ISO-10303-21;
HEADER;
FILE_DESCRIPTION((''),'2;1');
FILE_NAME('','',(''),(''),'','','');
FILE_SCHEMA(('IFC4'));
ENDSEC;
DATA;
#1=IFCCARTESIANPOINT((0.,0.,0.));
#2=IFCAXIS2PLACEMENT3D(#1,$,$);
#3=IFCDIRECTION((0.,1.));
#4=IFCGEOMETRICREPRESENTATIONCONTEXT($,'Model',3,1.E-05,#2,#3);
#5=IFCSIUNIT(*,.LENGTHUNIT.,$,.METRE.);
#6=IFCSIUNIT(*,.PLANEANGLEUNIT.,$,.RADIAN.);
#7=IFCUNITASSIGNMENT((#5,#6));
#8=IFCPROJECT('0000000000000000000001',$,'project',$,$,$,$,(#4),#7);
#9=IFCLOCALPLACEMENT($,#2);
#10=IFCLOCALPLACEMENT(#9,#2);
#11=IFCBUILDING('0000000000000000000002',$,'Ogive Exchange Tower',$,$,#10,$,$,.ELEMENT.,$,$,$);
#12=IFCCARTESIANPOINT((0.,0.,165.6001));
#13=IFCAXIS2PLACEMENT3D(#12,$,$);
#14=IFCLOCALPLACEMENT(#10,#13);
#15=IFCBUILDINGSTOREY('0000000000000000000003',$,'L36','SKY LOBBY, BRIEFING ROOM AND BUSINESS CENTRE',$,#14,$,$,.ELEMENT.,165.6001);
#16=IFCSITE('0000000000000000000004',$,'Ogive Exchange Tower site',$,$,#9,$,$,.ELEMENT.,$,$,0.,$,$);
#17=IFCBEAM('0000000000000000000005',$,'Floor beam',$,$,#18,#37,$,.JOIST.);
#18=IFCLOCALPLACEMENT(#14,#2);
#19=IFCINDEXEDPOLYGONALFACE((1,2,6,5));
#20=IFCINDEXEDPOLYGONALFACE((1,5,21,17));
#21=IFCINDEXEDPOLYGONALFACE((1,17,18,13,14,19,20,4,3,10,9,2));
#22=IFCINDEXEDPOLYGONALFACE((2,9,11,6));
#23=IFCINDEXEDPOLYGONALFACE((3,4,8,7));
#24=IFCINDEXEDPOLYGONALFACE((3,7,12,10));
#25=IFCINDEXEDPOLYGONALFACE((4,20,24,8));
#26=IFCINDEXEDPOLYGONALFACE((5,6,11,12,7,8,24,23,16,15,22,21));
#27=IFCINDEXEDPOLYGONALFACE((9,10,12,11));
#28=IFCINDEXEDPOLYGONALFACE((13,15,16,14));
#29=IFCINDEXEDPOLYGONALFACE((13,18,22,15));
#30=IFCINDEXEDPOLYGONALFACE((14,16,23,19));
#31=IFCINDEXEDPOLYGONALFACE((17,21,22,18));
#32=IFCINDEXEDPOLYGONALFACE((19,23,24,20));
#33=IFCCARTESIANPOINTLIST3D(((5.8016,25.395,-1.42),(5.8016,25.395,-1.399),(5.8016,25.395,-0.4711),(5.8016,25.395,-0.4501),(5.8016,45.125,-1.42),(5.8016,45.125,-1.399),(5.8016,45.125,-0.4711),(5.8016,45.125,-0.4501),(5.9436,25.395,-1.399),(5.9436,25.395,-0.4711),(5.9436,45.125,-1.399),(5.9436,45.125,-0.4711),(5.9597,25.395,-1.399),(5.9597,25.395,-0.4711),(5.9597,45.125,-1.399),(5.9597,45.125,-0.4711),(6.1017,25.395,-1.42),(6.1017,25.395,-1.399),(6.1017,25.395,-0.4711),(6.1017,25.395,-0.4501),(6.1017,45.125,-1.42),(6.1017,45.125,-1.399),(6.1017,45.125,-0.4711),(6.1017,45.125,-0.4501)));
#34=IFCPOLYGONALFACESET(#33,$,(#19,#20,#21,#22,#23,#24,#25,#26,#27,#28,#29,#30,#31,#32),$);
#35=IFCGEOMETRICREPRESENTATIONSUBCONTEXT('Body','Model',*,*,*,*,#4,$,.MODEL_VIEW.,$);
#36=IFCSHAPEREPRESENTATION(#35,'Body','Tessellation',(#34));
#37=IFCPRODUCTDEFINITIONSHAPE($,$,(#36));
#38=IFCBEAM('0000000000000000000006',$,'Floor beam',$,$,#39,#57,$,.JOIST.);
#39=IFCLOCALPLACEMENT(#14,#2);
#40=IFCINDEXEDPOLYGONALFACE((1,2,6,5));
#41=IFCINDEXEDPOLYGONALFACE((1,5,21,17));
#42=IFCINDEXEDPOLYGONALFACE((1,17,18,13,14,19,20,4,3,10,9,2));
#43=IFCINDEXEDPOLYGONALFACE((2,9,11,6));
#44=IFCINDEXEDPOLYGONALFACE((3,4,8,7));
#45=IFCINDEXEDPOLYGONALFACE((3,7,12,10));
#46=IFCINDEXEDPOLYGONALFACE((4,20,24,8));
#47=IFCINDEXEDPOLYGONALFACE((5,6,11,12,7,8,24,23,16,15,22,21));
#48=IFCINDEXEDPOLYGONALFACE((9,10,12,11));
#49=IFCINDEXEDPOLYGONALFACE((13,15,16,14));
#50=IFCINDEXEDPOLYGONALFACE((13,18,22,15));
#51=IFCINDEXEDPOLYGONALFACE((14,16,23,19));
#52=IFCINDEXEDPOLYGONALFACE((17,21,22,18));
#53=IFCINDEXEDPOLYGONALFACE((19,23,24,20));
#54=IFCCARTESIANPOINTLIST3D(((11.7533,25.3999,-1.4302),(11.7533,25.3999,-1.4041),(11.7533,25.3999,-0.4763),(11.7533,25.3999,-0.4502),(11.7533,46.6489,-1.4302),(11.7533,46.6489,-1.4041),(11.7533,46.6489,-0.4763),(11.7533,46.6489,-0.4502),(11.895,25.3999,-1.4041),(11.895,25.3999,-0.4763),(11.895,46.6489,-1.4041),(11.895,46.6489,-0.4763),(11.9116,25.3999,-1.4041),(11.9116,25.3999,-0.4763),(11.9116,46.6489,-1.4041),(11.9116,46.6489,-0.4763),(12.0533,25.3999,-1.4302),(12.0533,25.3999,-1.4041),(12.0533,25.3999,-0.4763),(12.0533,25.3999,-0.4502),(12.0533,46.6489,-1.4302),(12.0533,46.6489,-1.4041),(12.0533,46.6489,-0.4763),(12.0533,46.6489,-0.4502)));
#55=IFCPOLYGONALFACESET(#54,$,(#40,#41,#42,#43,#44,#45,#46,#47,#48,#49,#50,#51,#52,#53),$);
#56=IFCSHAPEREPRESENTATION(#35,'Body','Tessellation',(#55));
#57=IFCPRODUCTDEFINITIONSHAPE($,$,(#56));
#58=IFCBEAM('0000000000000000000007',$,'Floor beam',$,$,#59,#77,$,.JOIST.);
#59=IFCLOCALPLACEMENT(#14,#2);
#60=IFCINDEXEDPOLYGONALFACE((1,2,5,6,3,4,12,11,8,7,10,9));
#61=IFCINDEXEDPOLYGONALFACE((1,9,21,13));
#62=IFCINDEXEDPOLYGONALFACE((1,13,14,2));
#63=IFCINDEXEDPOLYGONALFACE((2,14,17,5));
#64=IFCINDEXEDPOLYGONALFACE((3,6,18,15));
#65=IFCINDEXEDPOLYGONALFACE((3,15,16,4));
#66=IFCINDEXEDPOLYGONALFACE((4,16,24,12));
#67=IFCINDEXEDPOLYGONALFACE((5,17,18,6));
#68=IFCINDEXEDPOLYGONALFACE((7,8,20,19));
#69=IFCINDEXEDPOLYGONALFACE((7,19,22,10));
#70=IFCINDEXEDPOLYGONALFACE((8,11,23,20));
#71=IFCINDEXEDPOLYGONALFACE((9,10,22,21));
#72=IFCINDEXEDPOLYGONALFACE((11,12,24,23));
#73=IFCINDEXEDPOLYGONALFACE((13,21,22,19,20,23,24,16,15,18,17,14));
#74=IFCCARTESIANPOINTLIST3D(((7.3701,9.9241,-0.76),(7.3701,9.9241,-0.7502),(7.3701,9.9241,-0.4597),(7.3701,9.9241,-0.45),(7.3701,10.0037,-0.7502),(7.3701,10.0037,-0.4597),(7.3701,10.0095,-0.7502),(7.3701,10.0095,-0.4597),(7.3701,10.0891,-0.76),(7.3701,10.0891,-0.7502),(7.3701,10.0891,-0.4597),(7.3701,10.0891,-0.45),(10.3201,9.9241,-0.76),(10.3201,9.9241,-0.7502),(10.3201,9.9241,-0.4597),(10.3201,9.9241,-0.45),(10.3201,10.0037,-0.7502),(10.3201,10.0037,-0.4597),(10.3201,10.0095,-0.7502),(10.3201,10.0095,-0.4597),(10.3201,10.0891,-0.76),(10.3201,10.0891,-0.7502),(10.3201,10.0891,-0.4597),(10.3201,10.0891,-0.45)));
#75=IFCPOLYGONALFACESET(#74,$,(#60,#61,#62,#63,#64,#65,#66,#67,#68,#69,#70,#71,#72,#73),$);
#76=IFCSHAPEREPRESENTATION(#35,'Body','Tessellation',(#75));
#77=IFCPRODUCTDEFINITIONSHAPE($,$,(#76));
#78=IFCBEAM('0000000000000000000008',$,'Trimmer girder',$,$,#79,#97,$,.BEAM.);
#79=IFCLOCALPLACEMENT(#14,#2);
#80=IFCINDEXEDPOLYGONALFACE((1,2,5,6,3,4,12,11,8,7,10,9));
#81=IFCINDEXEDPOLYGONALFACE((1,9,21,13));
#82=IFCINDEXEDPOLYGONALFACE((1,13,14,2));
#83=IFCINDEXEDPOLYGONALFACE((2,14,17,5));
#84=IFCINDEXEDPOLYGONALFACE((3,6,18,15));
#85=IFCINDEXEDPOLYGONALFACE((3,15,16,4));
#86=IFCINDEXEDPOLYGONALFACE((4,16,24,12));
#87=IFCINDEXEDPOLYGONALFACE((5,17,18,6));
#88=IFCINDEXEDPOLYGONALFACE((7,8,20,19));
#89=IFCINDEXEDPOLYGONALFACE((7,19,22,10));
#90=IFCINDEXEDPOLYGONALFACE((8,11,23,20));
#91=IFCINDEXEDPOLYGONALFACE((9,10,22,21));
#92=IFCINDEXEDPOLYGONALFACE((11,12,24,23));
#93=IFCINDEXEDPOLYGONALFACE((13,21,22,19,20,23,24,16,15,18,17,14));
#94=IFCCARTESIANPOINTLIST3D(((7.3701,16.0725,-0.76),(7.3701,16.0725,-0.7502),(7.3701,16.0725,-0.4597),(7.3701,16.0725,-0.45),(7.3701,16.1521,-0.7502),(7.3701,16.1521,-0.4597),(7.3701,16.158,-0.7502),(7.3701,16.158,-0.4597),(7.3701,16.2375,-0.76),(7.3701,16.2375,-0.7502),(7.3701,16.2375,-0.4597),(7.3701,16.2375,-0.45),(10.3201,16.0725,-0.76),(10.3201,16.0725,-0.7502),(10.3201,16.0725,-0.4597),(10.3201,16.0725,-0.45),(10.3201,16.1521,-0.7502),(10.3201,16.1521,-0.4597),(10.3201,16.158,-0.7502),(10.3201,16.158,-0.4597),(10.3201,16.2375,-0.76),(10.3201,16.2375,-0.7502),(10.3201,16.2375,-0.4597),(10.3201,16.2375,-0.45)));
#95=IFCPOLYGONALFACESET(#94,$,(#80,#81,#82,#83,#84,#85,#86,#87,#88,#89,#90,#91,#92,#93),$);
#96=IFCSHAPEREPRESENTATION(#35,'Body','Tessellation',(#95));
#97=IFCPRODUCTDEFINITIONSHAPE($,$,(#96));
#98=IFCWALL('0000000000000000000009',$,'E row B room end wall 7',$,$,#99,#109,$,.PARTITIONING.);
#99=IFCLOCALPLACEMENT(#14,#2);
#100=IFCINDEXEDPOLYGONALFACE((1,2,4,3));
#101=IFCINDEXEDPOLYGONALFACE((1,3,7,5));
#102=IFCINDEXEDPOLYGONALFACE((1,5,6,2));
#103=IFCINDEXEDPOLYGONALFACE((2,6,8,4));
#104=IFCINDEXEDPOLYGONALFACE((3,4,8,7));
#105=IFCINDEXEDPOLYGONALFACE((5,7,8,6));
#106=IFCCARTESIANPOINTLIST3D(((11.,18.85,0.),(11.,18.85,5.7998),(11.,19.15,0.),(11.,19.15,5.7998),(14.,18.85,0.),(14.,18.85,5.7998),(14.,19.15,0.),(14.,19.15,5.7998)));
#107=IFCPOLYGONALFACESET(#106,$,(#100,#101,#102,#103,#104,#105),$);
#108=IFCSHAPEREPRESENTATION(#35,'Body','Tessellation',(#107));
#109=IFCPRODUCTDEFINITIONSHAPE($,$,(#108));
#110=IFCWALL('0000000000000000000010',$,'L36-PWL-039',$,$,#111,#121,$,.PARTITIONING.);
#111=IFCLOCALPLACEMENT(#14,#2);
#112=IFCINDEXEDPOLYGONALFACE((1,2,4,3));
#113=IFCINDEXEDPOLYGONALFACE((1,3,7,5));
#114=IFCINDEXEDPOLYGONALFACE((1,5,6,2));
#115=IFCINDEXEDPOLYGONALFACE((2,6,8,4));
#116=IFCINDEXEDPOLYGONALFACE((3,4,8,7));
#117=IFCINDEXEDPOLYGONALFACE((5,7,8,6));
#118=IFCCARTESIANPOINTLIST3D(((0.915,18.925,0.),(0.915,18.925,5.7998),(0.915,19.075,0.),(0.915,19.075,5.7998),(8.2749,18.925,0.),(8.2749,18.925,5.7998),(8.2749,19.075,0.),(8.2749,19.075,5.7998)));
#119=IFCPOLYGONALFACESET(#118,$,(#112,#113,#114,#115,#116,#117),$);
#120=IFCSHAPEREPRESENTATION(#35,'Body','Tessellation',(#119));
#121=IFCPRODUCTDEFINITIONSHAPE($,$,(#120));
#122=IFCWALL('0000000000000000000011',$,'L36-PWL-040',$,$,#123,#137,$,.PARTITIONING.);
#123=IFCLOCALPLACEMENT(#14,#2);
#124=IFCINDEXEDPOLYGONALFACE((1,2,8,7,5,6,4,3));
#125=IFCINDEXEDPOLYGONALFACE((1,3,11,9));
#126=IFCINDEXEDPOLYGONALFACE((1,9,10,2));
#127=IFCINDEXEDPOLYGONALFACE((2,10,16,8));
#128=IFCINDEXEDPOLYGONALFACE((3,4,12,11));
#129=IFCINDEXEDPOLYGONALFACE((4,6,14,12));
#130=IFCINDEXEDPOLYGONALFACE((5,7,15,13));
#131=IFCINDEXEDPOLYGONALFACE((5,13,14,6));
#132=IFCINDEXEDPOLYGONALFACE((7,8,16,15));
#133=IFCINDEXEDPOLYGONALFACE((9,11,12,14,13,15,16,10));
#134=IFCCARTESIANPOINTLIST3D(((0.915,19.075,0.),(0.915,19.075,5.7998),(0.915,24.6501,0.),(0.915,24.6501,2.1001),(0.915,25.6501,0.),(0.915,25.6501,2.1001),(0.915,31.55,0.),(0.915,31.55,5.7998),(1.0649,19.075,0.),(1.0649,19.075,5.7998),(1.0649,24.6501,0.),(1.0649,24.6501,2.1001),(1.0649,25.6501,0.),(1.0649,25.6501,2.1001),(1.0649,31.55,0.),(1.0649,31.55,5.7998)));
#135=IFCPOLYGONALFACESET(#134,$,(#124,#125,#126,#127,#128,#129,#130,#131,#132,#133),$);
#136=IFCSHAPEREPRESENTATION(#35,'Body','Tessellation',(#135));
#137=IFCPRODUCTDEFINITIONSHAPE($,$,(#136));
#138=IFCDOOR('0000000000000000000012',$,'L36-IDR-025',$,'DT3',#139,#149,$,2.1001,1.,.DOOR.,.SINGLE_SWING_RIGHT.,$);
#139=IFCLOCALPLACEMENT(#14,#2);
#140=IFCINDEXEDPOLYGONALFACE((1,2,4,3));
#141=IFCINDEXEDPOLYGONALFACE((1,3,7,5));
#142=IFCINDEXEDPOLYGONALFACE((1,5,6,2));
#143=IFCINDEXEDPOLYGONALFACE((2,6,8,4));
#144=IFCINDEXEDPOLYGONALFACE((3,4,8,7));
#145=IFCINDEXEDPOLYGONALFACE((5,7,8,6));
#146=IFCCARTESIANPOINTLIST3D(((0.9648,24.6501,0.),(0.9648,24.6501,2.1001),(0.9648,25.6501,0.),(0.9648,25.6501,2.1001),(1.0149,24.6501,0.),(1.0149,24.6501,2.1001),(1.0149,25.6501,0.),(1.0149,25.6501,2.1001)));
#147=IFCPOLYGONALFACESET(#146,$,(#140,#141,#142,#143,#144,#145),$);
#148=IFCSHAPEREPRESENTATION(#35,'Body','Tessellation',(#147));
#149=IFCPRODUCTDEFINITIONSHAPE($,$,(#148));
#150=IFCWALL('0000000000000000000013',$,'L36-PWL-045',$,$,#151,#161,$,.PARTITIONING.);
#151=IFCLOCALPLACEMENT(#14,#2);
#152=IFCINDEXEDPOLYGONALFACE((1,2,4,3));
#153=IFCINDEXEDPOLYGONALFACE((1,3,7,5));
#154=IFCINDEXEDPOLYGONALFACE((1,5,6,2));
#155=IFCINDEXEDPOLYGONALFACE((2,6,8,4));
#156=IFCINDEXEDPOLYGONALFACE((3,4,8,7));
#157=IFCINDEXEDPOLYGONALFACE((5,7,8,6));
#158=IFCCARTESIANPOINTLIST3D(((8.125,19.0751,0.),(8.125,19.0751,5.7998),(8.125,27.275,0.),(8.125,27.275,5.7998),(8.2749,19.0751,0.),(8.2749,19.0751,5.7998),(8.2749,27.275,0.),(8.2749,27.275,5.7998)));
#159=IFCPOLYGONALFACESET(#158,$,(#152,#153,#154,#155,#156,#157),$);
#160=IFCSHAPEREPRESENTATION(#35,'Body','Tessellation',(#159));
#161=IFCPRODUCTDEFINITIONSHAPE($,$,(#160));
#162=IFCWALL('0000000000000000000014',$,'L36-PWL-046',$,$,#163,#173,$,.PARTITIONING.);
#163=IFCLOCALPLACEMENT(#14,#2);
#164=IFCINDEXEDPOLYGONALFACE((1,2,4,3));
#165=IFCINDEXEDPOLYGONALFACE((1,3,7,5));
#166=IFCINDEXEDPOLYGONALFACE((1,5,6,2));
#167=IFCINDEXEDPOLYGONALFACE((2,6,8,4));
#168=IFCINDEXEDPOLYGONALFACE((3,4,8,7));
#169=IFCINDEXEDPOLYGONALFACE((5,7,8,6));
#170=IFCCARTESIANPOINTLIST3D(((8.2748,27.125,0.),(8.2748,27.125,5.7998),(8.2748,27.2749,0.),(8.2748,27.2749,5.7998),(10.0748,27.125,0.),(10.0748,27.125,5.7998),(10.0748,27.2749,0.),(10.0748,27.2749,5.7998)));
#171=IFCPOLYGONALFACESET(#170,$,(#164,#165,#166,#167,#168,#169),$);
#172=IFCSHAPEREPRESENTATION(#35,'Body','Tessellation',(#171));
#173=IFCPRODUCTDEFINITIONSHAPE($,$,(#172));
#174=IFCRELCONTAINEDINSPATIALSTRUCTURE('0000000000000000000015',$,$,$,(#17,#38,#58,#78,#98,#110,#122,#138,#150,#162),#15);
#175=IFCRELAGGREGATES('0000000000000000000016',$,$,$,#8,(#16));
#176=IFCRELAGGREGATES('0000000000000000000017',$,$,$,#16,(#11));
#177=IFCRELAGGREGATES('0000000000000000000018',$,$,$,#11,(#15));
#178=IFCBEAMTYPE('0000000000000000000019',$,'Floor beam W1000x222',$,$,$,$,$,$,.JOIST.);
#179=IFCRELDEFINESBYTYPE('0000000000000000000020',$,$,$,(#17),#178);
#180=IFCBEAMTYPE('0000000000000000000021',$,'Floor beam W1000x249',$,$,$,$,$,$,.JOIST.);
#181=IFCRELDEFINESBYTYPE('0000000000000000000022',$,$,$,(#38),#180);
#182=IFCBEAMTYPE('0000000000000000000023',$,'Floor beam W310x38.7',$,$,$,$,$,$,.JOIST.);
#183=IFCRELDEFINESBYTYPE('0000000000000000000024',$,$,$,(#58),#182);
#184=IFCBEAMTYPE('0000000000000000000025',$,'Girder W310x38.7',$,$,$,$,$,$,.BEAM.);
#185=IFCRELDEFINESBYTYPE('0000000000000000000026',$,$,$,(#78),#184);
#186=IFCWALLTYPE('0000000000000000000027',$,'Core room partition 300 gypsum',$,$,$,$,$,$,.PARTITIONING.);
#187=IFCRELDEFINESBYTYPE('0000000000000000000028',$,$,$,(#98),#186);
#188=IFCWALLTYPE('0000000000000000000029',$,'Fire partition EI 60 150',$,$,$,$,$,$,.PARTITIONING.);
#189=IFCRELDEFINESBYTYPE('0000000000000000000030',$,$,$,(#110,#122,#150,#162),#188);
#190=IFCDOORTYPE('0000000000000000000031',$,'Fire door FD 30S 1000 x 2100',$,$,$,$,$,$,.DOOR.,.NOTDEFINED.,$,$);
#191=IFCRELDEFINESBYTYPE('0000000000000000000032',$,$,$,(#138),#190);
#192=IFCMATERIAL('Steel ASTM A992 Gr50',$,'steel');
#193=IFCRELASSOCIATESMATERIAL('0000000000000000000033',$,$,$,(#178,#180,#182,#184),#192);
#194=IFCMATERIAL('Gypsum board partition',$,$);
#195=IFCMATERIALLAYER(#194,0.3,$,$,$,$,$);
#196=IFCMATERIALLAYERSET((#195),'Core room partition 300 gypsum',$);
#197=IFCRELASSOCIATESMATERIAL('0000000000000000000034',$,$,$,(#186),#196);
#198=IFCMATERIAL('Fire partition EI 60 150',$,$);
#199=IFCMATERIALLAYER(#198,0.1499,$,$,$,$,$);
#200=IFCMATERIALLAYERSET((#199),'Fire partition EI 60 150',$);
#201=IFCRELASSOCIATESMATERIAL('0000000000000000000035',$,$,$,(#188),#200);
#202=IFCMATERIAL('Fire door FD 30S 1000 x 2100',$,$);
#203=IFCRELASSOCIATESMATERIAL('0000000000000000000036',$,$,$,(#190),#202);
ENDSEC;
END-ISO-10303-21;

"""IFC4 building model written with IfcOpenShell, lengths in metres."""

from ifc_helpers import new_model, si_unit, direction, frame, frame_2d, origin, origin_2d, place, context, subcontext, project, spatial, rectangle, i_section, extrude, material, layer, layer_set, material_profile, profile_set, type_object, element, fill, save


model = new_model("IFC4")

# Units and contexts
model_context = context("Model", 3, precision=1e-05, world=origin(), true_north=direction((0.0, 1.0)))
body_context = subcontext(model_context, "Body", "Model", "MODEL_VIEW")
ifc_project = project(units=[si_unit("LENGTHUNIT", "METRE"), si_unit("PLANEANGLEUNIT", "RADIAN")], contexts=[model_context])

# Site, building, storey
site_placement = place(None, origin())
site = spatial("IfcSite", under=ifc_project, at=site_placement, Name="Ogive Exchange Tower site", CompositionType="ELEMENT", RefElevation=0.0)
building_placement = place(site_placement, origin())
building = spatial("IfcBuilding", under=site, at=building_placement, Name="Ogive Exchange Tower", CompositionType="ELEMENT")
storey_placement = place(building_placement, frame((0.0, 0.0, 165.6001)))
storey = spatial("IfcBuildingStorey", under=building, at=storey_placement, Name="L36", Description="SKY LOBBY, BRIEFING ROOM AND BUSINESS CENTRE", CompositionType="ELEMENT", Elevation=165.6001)

# Beams
ifc_material_1 = material(Name="Steel ASTM A992 Gr50", Category="steel")
ifc_material_profile_1 = material_profile(ifc_material_1, i_section(OverallWidth=0.3, OverallDepth=0.97, WebThickness=0.0161, FlangeThickness=0.021, at=origin_2d()), Name="W1000x222")
ifc_profile_set_1 = profile_set([ifc_material_profile_1], Name="Steel ASTM A992 Gr50")
beam_type_1 = type_object("IfcBeamType", Name="Floor beam W1000x222", PredefinedType="JOIST", material=ifc_profile_set_1)
beam_1_placement = place(storey_placement, frame((5.9517, 25.395, -0.9351), z_axis=(0.0, 1.0, 0.0), x_axis=(-1.0, 0.0, 0.0)))
element("IfcBeam", 1, at=beam_1_placement, inside=storey, type_object=beam_type_1, Name="Floor beam", PredefinedType="JOIST", context=body_context, shape_type="SweptSolid", body=[
    extrude(i_section(OverallWidth=0.3, OverallDepth=0.97, WebThickness=0.0161, FlangeThickness=0.021, at=origin_2d()), origin(), (0.0, 0.0, 1.0), 19.73),
])
ifc_material_profile_2 = material_profile(ifc_material_1, i_section(OverallWidth=0.3, OverallDepth=0.98, WebThickness=0.0166, FlangeThickness=0.0261, at=origin_2d()), Name="W1000x249")
ifc_profile_set_2 = profile_set([ifc_material_profile_2], Name="Steel ASTM A992 Gr50")
beam_type_2 = type_object("IfcBeamType", Name="Floor beam W1000x249", PredefinedType="JOIST", material=ifc_profile_set_2)
beam_2_placement = place(storey_placement, frame((11.9033, 25.3999, -0.9402), z_axis=(0.0, 1.0, 0.0), x_axis=(-1.0, 0.0, 0.0)))
element("IfcBeam", 2, at=beam_2_placement, inside=storey, type_object=beam_type_2, Name="Floor beam", PredefinedType="JOIST", context=body_context, shape_type="SweptSolid", body=[
    extrude(i_section(OverallWidth=0.3, OverallDepth=0.98, WebThickness=0.0166, FlangeThickness=0.0261, at=origin_2d()), origin(), (0.0, 0.0, 1.0), 21.249),
])
ifc_material_profile_3 = material_profile(ifc_material_1, i_section(OverallWidth=0.165, OverallDepth=0.3101, WebThickness=0.0059, FlangeThickness=0.0098, at=origin_2d()), Name="W310x38.7")
ifc_profile_set_3 = profile_set([ifc_material_profile_3], Name="Steel ASTM A992 Gr50")
beam_type_3 = type_object("IfcBeamType", Name="Floor beam W310x38.7", PredefinedType="JOIST", material=ifc_profile_set_3)
beam_3_placement = place(storey_placement, frame((7.3701, 10.0066, -0.605), z_axis=(1.0, 0.0, 0.0), x_axis=(0.0, 1.0, 0.0)))
element("IfcBeam", 3, at=beam_3_placement, inside=storey, type_object=beam_type_3, Name="Floor beam", PredefinedType="JOIST", context=body_context, shape_type="SweptSolid", body=[
    extrude(i_section(OverallWidth=0.165, OverallDepth=0.3101, WebThickness=0.0059, FlangeThickness=0.0098, at=origin_2d()), origin(), (0.0, 0.0, 1.0), 2.95),
])
ifc_material_profile_4 = material_profile(ifc_material_1, i_section(OverallWidth=0.165, OverallDepth=0.3101, WebThickness=0.0059, FlangeThickness=0.0098, at=origin_2d()), Name="W310x38.7")
ifc_profile_set_4 = profile_set([ifc_material_profile_4], Name="Steel ASTM A992 Gr50")
beam_type_4 = type_object("IfcBeamType", Name="Girder W310x38.7", PredefinedType="BEAM", material=ifc_profile_set_4)
beam_4_placement = place(storey_placement, frame((7.3701, 16.155, -0.605), z_axis=(1.0, 0.0, 0.0), x_axis=(0.0, 1.0, 0.0)))
element("IfcBeam", 4, at=beam_4_placement, inside=storey, type_object=beam_type_4, Name="Trimmer girder", PredefinedType="BEAM", context=body_context, shape_type="SweptSolid", body=[
    extrude(i_section(OverallWidth=0.165, OverallDepth=0.3101, WebThickness=0.0059, FlangeThickness=0.0098, at=origin_2d()), origin(), (0.0, 0.0, 1.0), 2.95),
])

# Walls
ifc_material_2 = material(Name="Gypsum board partition")
ifc_layer_1 = layer(ifc_material_2, 0.3)
ifc_layer_set_1 = layer_set([ifc_layer_1], Name="Core room partition 300 gypsum")
wall_type_1 = type_object("IfcWallType", Name="Core room partition 300 gypsum", PredefinedType="PARTITIONING", material=ifc_layer_set_1)
wall_1_placement = place(storey_placement, frame((11.0, 19.0, 0.0), z_axis=(0.0, 0.0, 1.0), x_axis=(1.0, 0.0, 0.0)))
element("IfcWall", 5, at=wall_1_placement, inside=storey, type_object=wall_type_1, Name="E row B room end wall 7", PredefinedType="PARTITIONING", context=body_context, shape_type="SweptSolid", body=[
    extrude(rectangle(XDim=3.0, YDim=0.3, at=frame_2d((1.5, 0.0))), origin(), (0.0, 0.0, 1.0), 5.7998),
])
ifc_material_3 = material(Name="Fire partition EI 60 150")
ifc_layer_2 = layer(ifc_material_3, 0.1499)
ifc_layer_set_2 = layer_set([ifc_layer_2], Name="Fire partition EI 60 150")
wall_type_2 = type_object("IfcWallType", Name="Fire partition EI 60 150", PredefinedType="PARTITIONING", material=ifc_layer_set_2)
wall_2_placement = place(storey_placement, frame((0.915, 19.0, 0.0), z_axis=(0.0, 0.0, 1.0), x_axis=(1.0, 0.0, 0.0)))
element("IfcWall", 6, at=wall_2_placement, inside=storey, type_object=wall_type_2, Name="L36-PWL-039", PredefinedType="PARTITIONING", context=body_context, shape_type="SweptSolid", body=[
    extrude(rectangle(XDim=7.3599, YDim=0.1499, at=frame_2d((3.6799, 0.0))), origin(), (0.0, 0.0, 1.0), 5.7998),
])

# Wall, opening, door
wall_3_placement = place(storey_placement, frame((0.99, 31.55, 0.0), z_axis=(0.0, 0.0, 1.0), x_axis=(0.0, -1.0, 0.0)))
wall_3 = element("IfcWall", 7, at=wall_3_placement, inside=storey, type_object=wall_type_2, Name="L36-PWL-040", PredefinedType="PARTITIONING", context=body_context, shape_type="SweptSolid", body=[
    extrude(rectangle(XDim=12.4751, YDim=0.1499, at=frame_2d((6.2375, 0.0))), origin(), (0.0, 0.0, 1.0), 5.7998),
])
opening_1_placement = place(wall_3_placement, frame((5.8999, 0.0, 0.0)))
opening_1 = element("IfcOpeningElement", 8, at=opening_1_placement, cuts=wall_3, PredefinedType="OPENING", context=body_context, shape_type="SweptSolid", body=[
    extrude(rectangle(XDim=1.0, YDim=2.1001, at=frame_2d((0.5, 1.05))), frame((0.0, 0.085, 0.0), z_axis=(0.0, -1.0, 0.0), x_axis=(1.0, 0.0, 0.0)), (0.0, 0.0, 1.0), 0.1699),
])
ifc_material_4 = material(Name="Fire door FD 30S 1000 x 2100")
door_type_1 = type_object("IfcDoorType", Name="Fire door FD 30S 1000 x 2100", OperationType="NOTDEFINED", PredefinedType="DOOR", material=ifc_material_4)
door_1_placement = place(opening_1_placement, origin())
door_1 = element("IfcDoor", 9, at=door_1_placement, inside=storey, type_object=door_type_1, Name="L36-IDR-025", ObjectType="DT3", OperationType="SINGLE_SWING_RIGHT", OverallHeight=2.1001, OverallWidth=1.0, PredefinedType="DOOR", context=body_context, shape_type="SweptSolid", body=[
    extrude(rectangle(XDim=1.0, YDim=2.1001, at=frame_2d((0.5, 1.05))), frame((0.0, 0.0249, 0.0), z_axis=(0.0, -1.0, 0.0), x_axis=(1.0, 0.0, 0.0)), (0.0, 0.0, 1.0), 0.05),
])
fill(opening_1, door_1)

# Walls
wall_4_placement = place(storey_placement, frame((8.2, 19.075, 0.0), z_axis=(0.0, 0.0, 1.0), x_axis=(0.0, 1.0, 0.0)))
element("IfcWall", 10, at=wall_4_placement, inside=storey, type_object=wall_type_2, Name="L36-PWL-045", PredefinedType="PARTITIONING", context=body_context, shape_type="SweptSolid", body=[
    extrude(rectangle(XDim=8.2, YDim=0.1499, at=frame_2d((4.1001, 0.0))), origin(), (0.0, 0.0, 1.0), 5.7998),
])
wall_5_placement = place(storey_placement, frame((8.2749, 27.2, 0.0), z_axis=(0.0, 0.0, 1.0), x_axis=(1.0, 0.0, 0.0)))
element("IfcWall", 11, at=wall_5_placement, inside=storey, type_object=wall_type_2, Name="L36-PWL-046", PredefinedType="PARTITIONING", context=body_context, shape_type="SweptSolid", body=[
    extrude(rectangle(XDim=1.8, YDim=0.1499, at=frame_2d((0.8999, 0.0))), origin(), (0.0, 0.0, 1.0), 5.7998),
])

save(model, "model.ifc")
